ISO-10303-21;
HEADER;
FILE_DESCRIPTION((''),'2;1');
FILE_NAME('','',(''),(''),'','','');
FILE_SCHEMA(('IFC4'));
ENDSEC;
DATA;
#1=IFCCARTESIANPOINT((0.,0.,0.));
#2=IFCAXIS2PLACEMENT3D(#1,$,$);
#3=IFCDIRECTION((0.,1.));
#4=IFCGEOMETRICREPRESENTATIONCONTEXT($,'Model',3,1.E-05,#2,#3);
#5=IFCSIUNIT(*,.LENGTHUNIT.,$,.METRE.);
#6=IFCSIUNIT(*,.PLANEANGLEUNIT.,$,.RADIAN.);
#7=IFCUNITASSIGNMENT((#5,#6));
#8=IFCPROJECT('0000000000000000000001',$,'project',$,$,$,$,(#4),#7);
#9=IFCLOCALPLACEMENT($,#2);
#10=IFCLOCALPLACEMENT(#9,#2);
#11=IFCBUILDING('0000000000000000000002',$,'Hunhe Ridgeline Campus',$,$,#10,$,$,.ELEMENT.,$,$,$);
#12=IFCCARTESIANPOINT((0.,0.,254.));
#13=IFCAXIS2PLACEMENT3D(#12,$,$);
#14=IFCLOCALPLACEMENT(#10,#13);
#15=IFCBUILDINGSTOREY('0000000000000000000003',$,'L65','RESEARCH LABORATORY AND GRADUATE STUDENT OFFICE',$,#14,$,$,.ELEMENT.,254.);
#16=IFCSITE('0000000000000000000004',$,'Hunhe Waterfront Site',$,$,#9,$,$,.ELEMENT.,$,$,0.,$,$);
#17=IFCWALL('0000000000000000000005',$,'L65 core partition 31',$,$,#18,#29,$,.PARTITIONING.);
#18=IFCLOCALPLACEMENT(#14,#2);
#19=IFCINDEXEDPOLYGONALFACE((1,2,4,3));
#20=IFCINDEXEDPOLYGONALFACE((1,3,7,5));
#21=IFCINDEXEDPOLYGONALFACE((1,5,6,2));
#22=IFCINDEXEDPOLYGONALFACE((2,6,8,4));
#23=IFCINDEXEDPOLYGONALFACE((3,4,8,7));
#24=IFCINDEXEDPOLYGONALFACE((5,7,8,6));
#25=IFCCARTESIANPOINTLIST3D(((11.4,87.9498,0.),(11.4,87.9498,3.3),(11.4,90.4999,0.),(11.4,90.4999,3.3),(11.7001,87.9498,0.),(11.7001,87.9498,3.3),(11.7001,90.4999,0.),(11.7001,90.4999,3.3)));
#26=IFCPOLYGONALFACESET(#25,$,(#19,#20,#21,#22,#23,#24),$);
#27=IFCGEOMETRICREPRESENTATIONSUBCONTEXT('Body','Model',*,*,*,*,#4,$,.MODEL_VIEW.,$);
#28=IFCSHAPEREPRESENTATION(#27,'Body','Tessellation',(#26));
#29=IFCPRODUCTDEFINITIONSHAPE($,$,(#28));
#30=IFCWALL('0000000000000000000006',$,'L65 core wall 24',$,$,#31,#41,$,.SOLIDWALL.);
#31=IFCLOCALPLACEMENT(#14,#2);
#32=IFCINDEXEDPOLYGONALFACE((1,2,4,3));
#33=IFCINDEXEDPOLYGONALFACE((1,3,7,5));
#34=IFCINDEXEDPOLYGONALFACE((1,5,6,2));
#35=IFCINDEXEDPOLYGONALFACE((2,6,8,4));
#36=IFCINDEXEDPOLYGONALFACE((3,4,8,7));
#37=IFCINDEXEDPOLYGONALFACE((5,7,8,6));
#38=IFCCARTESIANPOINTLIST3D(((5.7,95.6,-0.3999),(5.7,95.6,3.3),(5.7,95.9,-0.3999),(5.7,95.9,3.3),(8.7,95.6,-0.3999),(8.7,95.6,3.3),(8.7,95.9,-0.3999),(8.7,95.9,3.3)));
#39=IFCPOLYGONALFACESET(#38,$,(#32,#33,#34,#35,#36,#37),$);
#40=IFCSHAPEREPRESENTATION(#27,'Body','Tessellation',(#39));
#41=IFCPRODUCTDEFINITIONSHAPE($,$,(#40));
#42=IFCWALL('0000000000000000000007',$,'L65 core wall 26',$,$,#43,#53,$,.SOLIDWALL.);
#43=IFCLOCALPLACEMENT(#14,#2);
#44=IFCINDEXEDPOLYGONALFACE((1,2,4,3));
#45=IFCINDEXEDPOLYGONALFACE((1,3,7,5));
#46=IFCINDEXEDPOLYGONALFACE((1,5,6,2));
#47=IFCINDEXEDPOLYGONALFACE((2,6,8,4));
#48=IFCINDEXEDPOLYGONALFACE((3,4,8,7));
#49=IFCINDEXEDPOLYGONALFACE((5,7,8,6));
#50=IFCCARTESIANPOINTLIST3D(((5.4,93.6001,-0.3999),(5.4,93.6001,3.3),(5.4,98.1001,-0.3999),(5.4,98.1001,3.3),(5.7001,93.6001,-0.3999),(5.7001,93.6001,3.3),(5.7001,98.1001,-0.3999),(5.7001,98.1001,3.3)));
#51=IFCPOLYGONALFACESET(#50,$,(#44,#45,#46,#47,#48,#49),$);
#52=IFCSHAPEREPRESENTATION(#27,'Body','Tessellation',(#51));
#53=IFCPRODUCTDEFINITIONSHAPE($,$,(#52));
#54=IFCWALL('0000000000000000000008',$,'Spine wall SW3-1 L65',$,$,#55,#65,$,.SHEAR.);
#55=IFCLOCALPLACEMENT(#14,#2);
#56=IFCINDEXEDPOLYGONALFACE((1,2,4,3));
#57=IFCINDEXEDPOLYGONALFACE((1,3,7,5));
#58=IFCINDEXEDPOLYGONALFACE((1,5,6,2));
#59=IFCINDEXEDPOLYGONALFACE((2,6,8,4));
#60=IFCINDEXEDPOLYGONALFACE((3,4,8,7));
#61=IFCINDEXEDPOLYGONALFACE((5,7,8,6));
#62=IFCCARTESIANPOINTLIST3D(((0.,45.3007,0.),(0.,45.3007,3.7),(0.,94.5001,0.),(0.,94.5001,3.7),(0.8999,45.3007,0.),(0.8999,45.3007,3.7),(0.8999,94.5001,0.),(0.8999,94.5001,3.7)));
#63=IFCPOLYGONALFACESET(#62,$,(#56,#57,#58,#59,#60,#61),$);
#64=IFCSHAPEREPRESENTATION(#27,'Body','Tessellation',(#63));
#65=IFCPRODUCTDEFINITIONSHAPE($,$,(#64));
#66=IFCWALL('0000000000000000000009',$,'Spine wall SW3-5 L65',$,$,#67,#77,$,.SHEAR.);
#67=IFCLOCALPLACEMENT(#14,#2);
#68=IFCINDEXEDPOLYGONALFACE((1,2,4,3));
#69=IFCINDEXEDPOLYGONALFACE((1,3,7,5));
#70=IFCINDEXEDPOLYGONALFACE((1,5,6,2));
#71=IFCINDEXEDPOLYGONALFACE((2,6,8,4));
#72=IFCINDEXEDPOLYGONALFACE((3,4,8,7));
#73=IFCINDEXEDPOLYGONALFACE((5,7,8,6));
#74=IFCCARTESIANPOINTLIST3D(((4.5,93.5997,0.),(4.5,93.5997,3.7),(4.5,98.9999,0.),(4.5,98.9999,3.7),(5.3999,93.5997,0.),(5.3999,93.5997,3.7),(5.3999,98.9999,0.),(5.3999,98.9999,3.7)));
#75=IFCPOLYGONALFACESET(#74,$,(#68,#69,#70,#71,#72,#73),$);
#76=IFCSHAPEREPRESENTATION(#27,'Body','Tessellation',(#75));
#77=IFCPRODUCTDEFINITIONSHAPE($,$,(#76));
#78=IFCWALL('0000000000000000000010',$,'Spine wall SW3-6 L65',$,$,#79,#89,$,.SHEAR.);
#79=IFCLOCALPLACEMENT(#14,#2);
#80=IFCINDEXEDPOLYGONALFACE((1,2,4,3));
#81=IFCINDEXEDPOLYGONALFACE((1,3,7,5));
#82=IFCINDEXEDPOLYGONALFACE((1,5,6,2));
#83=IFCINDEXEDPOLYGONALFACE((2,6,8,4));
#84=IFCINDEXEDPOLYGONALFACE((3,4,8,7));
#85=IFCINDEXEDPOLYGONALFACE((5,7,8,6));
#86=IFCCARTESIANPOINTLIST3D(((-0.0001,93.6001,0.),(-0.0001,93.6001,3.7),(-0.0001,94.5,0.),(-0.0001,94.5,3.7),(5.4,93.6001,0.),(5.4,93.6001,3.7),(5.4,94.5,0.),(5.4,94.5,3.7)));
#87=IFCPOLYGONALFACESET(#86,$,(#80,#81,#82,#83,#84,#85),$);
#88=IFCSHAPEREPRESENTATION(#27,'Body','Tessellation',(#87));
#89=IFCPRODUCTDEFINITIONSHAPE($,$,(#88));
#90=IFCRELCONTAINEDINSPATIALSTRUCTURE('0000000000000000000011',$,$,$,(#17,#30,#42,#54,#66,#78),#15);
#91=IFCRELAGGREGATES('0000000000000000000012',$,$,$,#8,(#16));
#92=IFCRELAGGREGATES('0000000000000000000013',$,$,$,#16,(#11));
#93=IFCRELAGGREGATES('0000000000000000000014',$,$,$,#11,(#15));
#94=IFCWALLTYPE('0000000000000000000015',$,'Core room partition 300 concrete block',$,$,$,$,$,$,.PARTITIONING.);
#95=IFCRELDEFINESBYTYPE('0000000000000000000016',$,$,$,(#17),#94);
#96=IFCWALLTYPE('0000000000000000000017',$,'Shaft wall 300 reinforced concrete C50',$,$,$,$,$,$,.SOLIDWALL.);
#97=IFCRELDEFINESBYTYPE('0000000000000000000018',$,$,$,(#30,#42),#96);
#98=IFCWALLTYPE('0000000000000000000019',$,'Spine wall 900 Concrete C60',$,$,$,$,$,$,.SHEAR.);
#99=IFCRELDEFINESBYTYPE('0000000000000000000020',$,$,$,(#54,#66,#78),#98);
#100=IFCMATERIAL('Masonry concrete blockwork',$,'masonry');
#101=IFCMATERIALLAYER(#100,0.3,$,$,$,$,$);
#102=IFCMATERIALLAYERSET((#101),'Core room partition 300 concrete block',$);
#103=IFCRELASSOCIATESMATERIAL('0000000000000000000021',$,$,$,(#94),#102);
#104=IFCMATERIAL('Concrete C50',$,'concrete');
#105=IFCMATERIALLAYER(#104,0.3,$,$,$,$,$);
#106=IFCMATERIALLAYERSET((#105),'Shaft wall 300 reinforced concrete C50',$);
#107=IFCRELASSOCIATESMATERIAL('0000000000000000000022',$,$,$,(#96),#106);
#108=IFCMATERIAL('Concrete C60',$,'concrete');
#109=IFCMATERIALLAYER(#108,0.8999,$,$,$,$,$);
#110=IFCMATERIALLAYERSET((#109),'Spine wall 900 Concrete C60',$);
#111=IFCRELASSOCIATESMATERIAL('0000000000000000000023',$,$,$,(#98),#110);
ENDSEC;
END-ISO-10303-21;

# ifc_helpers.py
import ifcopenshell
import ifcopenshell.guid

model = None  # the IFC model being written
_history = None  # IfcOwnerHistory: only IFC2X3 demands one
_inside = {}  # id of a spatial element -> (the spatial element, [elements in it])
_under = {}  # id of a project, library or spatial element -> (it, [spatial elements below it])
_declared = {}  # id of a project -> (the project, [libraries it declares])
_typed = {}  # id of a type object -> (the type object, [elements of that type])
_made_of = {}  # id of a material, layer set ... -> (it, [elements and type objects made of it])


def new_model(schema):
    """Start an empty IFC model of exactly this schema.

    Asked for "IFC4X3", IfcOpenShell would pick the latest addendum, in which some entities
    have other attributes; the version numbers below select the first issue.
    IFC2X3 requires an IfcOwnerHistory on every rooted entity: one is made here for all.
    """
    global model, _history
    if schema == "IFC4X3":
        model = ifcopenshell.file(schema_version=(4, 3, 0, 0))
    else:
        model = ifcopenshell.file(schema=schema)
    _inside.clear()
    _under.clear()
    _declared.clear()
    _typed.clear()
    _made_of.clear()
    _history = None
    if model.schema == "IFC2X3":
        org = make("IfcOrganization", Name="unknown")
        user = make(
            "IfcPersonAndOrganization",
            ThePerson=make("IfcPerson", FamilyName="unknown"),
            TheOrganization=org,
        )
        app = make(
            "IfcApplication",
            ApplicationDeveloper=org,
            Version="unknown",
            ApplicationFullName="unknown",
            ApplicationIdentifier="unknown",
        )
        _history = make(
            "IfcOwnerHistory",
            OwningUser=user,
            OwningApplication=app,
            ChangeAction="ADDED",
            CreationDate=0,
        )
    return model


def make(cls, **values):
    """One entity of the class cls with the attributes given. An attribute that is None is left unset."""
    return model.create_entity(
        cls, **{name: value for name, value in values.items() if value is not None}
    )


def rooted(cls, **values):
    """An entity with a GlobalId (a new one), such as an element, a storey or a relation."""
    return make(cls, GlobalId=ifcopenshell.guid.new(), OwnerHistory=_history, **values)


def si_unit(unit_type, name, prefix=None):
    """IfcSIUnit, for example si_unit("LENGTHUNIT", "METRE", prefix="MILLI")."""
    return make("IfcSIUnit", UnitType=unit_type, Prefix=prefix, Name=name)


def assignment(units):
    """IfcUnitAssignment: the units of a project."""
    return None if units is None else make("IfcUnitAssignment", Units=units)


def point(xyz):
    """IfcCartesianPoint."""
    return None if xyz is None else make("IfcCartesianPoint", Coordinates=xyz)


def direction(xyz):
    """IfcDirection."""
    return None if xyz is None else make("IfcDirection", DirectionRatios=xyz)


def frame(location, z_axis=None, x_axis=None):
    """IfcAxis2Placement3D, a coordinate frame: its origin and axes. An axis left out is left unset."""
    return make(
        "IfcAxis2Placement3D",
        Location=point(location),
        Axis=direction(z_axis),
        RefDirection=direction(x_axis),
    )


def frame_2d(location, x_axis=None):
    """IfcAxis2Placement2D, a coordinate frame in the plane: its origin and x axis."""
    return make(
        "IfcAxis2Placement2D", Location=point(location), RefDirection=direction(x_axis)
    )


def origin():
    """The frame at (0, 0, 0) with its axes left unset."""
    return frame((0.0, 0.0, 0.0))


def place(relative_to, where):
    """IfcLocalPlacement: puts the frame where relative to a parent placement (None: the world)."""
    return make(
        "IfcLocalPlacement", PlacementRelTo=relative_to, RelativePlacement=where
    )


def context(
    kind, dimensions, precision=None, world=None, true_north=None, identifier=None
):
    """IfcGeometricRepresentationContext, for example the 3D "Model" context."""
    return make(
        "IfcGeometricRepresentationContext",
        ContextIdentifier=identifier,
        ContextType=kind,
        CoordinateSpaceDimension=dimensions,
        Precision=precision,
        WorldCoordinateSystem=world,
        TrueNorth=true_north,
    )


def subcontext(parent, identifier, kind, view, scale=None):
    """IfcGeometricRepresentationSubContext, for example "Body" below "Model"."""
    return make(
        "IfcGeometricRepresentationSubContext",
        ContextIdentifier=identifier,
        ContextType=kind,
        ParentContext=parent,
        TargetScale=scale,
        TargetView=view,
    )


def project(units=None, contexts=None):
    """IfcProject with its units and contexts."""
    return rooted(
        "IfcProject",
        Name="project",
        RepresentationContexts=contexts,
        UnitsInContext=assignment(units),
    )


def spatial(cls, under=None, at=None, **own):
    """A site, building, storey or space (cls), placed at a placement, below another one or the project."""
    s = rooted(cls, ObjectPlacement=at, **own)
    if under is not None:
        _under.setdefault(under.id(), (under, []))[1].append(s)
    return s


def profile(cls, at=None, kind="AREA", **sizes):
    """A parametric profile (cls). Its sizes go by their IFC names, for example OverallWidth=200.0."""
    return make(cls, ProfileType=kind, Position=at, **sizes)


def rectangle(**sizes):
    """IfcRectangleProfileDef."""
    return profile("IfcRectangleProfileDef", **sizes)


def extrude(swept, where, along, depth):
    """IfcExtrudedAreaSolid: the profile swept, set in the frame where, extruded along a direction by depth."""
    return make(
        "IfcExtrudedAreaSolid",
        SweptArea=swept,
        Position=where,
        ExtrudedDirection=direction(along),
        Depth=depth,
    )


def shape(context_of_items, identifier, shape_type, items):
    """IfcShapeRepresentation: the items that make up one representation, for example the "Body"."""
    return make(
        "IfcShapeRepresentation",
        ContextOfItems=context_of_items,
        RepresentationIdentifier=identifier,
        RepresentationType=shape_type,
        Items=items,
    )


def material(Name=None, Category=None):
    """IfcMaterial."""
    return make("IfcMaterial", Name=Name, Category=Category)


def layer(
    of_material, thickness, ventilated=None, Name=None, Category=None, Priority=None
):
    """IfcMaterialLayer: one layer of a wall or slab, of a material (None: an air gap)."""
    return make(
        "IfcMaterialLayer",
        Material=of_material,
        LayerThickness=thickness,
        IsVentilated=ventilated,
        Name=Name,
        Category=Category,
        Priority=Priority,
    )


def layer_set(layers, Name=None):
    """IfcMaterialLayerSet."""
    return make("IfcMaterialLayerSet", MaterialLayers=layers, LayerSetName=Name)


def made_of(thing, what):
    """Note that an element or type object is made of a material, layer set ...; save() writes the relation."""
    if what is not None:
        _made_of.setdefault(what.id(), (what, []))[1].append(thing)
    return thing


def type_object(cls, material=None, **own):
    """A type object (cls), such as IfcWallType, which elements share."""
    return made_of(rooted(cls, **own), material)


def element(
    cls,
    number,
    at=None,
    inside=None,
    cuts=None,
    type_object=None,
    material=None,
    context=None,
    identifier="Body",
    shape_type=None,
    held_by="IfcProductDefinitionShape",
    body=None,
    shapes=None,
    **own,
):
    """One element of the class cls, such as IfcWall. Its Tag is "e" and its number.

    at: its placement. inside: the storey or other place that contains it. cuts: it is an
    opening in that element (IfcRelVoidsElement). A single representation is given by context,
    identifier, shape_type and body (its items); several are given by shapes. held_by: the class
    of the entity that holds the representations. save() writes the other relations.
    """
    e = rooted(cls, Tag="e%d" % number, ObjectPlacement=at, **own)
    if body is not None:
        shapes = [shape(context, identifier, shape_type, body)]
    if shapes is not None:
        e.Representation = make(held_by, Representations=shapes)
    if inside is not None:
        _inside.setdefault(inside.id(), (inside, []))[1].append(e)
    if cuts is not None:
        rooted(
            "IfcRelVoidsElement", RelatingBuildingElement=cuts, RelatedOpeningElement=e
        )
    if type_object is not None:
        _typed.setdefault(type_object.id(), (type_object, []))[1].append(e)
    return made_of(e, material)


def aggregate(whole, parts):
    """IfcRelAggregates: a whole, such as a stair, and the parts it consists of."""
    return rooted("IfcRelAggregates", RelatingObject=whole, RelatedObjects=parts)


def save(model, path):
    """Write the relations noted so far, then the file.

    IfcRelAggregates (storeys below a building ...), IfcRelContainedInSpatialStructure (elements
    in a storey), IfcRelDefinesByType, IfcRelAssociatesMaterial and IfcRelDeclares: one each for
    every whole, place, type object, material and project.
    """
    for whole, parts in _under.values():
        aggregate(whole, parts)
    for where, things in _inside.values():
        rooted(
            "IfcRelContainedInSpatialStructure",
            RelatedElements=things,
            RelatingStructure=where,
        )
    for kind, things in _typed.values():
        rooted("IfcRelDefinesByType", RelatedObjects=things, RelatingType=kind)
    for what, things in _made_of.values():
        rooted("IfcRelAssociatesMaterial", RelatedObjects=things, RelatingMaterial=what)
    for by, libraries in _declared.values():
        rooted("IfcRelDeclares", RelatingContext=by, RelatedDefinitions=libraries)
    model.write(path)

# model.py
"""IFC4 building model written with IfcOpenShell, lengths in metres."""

from ifc_helpers import new_model, si_unit, direction, frame, frame_2d, origin, place, context, subcontext, project, spatial, rectangle, extrude, material, layer, layer_set, type_object, element, save


model = new_model("IFC4")

# Units and contexts
model_context = context("Model", 3, precision=1e-05, world=origin(), true_north=direction((0.0, 1.0)))
body_context = subcontext(model_context, "Body", "Model", "MODEL_VIEW")
ifc_project = project(units=[si_unit("LENGTHUNIT", "METRE"), si_unit("PLANEANGLEUNIT", "RADIAN")], contexts=[model_context])

# Site, building, storey
site_placement = place(None, origin())
site = spatial("IfcSite", under=ifc_project, at=site_placement, Name="Hunhe Waterfront Site", CompositionType="ELEMENT", RefElevation=0.0)
building_placement = place(site_placement, origin())
building = spatial("IfcBuilding", under=site, at=building_placement, Name="Hunhe Ridgeline Campus", CompositionType="ELEMENT")
storey_placement = place(building_placement, frame((0.0, 0.0, 254.0)))
storey = spatial("IfcBuildingStorey", under=building, at=storey_placement, Name="L65", Description="RESEARCH LABORATORY AND GRADUATE STUDENT OFFICE", CompositionType="ELEMENT", Elevation=254.0)

# Wall
ifc_material_1 = material(Name="Masonry concrete blockwork", Category="masonry")
ifc_layer_1 = layer(ifc_material_1, 0.3)
ifc_layer_set_1 = layer_set([ifc_layer_1], Name="Core room partition 300 concrete block")
wall_type_1 = type_object("IfcWallType", Name="Core room partition 300 concrete block", PredefinedType="PARTITIONING", material=ifc_layer_set_1)
wall_1_placement = place(storey_placement, frame((11.55, 87.95, 0.0), z_axis=(0.0, 0.0, 1.0), x_axis=(0.0, 1.0, 0.0)))
element("IfcWall", 1, at=wall_1_placement, inside=storey, type_object=wall_type_1, Name="L65 core partition 31", PredefinedType="PARTITIONING", context=body_context, shape_type="SweptSolid", body=[
    extrude(rectangle(XDim=2.55, YDim=0.3, at=frame_2d((1.2749, 0.0))), origin(), (0.0, 0.0, 1.0), 3.3),
])

# Shared definitions
ifc_material_2 = material(Name="Concrete C50", Category="concrete")
ifc_layer_2 = layer(ifc_material_2, 0.3)
ifc_layer_set_2 = layer_set([ifc_layer_2], Name="Shaft wall 300 reinforced concrete C50")
wall_type_2 = type_object("IfcWallType", Name="Shaft wall 300 reinforced concrete C50", PredefinedType="SOLIDWALL", material=ifc_layer_set_2)

# Walls
wall_2_placement = place(storey_placement, frame((5.7, 95.75, -0.3999), z_axis=(0.0, 0.0, 1.0), x_axis=(1.0, 0.0, 0.0)))
element("IfcWall", 2, at=wall_2_placement, inside=storey, type_object=wall_type_2, Name="L65 core wall 24", PredefinedType="SOLIDWALL", context=body_context, shape_type="SweptSolid", body=[
    extrude(rectangle(XDim=3.0, YDim=0.3, at=frame_2d((1.5, 0.0))), origin(), (0.0, 0.0, 1.0), 3.7),
])
wall_3_placement = place(storey_placement, frame((5.55, 93.6001, -0.3999), z_axis=(0.0, 0.0, 1.0), x_axis=(0.0, 1.0, 0.0)))
element("IfcWall", 3, at=wall_3_placement, inside=storey, type_object=wall_type_2, Name="L65 core wall 26", PredefinedType="SOLIDWALL", context=body_context, shape_type="SweptSolid", body=[
    extrude(rectangle(XDim=4.5, YDim=0.3, at=frame_2d((2.25, 0.0))), origin(), (0.0, 0.0, 1.0), 3.7),
])

# Walls
ifc_material_3 = material(Name="Concrete C60", Category="concrete")
ifc_layer_3 = layer(ifc_material_3, 0.8999)
ifc_layer_set_3 = layer_set([ifc_layer_3], Name="Spine wall 900 Concrete C60")
wall_type_3 = type_object("IfcWallType", Name="Spine wall 900 Concrete C60", PredefinedType="SHEAR", material=ifc_layer_set_3)
wall_4_placement = place(storey_placement, frame((0.45, 94.5, 0.0), z_axis=(0.0, 0.0, 1.0), x_axis=(0.0, -1.0, 0.0)))
element("IfcWall", 4, at=wall_4_placement, inside=storey, type_object=wall_type_3, Name="Spine wall SW3-1 L65", PredefinedType="SHEAR", context=body_context, shape_type="SweptSolid", body=[
    extrude(rectangle(XDim=49.1995, YDim=0.8999, at=frame_2d((24.5996, 0.0))), origin(), (0.0, 0.0, 1.0), 3.7),
])
for number, where, z_axis, x_axis, name in (
    (5, (4.95, 99.0, 0.0), (0.0, 0.0, 1.0), (0.0, -1.0, 0.0), "Spine wall SW3-5 L65"),
    (6, (5.4001, 94.05, 0.0), (0.0, 0.0, 1.0), (-1.0, 0.0, 0.0), "Spine wall SW3-6 L65"),
):
    element("IfcWall", number, at=place(storey_placement, frame(where, z_axis=z_axis, x_axis=x_axis)), inside=storey, type_object=wall_type_3, Name=name, PredefinedType="SHEAR", context=body_context, shape_type="SweptSolid", body=[
        extrude(rectangle(XDim=5.4001, YDim=0.8999, at=frame_2d((2.7002, 0.0))), origin(), (0.0, 0.0, 1.0), 3.7),
    ])

save(model, "model.ifc")
